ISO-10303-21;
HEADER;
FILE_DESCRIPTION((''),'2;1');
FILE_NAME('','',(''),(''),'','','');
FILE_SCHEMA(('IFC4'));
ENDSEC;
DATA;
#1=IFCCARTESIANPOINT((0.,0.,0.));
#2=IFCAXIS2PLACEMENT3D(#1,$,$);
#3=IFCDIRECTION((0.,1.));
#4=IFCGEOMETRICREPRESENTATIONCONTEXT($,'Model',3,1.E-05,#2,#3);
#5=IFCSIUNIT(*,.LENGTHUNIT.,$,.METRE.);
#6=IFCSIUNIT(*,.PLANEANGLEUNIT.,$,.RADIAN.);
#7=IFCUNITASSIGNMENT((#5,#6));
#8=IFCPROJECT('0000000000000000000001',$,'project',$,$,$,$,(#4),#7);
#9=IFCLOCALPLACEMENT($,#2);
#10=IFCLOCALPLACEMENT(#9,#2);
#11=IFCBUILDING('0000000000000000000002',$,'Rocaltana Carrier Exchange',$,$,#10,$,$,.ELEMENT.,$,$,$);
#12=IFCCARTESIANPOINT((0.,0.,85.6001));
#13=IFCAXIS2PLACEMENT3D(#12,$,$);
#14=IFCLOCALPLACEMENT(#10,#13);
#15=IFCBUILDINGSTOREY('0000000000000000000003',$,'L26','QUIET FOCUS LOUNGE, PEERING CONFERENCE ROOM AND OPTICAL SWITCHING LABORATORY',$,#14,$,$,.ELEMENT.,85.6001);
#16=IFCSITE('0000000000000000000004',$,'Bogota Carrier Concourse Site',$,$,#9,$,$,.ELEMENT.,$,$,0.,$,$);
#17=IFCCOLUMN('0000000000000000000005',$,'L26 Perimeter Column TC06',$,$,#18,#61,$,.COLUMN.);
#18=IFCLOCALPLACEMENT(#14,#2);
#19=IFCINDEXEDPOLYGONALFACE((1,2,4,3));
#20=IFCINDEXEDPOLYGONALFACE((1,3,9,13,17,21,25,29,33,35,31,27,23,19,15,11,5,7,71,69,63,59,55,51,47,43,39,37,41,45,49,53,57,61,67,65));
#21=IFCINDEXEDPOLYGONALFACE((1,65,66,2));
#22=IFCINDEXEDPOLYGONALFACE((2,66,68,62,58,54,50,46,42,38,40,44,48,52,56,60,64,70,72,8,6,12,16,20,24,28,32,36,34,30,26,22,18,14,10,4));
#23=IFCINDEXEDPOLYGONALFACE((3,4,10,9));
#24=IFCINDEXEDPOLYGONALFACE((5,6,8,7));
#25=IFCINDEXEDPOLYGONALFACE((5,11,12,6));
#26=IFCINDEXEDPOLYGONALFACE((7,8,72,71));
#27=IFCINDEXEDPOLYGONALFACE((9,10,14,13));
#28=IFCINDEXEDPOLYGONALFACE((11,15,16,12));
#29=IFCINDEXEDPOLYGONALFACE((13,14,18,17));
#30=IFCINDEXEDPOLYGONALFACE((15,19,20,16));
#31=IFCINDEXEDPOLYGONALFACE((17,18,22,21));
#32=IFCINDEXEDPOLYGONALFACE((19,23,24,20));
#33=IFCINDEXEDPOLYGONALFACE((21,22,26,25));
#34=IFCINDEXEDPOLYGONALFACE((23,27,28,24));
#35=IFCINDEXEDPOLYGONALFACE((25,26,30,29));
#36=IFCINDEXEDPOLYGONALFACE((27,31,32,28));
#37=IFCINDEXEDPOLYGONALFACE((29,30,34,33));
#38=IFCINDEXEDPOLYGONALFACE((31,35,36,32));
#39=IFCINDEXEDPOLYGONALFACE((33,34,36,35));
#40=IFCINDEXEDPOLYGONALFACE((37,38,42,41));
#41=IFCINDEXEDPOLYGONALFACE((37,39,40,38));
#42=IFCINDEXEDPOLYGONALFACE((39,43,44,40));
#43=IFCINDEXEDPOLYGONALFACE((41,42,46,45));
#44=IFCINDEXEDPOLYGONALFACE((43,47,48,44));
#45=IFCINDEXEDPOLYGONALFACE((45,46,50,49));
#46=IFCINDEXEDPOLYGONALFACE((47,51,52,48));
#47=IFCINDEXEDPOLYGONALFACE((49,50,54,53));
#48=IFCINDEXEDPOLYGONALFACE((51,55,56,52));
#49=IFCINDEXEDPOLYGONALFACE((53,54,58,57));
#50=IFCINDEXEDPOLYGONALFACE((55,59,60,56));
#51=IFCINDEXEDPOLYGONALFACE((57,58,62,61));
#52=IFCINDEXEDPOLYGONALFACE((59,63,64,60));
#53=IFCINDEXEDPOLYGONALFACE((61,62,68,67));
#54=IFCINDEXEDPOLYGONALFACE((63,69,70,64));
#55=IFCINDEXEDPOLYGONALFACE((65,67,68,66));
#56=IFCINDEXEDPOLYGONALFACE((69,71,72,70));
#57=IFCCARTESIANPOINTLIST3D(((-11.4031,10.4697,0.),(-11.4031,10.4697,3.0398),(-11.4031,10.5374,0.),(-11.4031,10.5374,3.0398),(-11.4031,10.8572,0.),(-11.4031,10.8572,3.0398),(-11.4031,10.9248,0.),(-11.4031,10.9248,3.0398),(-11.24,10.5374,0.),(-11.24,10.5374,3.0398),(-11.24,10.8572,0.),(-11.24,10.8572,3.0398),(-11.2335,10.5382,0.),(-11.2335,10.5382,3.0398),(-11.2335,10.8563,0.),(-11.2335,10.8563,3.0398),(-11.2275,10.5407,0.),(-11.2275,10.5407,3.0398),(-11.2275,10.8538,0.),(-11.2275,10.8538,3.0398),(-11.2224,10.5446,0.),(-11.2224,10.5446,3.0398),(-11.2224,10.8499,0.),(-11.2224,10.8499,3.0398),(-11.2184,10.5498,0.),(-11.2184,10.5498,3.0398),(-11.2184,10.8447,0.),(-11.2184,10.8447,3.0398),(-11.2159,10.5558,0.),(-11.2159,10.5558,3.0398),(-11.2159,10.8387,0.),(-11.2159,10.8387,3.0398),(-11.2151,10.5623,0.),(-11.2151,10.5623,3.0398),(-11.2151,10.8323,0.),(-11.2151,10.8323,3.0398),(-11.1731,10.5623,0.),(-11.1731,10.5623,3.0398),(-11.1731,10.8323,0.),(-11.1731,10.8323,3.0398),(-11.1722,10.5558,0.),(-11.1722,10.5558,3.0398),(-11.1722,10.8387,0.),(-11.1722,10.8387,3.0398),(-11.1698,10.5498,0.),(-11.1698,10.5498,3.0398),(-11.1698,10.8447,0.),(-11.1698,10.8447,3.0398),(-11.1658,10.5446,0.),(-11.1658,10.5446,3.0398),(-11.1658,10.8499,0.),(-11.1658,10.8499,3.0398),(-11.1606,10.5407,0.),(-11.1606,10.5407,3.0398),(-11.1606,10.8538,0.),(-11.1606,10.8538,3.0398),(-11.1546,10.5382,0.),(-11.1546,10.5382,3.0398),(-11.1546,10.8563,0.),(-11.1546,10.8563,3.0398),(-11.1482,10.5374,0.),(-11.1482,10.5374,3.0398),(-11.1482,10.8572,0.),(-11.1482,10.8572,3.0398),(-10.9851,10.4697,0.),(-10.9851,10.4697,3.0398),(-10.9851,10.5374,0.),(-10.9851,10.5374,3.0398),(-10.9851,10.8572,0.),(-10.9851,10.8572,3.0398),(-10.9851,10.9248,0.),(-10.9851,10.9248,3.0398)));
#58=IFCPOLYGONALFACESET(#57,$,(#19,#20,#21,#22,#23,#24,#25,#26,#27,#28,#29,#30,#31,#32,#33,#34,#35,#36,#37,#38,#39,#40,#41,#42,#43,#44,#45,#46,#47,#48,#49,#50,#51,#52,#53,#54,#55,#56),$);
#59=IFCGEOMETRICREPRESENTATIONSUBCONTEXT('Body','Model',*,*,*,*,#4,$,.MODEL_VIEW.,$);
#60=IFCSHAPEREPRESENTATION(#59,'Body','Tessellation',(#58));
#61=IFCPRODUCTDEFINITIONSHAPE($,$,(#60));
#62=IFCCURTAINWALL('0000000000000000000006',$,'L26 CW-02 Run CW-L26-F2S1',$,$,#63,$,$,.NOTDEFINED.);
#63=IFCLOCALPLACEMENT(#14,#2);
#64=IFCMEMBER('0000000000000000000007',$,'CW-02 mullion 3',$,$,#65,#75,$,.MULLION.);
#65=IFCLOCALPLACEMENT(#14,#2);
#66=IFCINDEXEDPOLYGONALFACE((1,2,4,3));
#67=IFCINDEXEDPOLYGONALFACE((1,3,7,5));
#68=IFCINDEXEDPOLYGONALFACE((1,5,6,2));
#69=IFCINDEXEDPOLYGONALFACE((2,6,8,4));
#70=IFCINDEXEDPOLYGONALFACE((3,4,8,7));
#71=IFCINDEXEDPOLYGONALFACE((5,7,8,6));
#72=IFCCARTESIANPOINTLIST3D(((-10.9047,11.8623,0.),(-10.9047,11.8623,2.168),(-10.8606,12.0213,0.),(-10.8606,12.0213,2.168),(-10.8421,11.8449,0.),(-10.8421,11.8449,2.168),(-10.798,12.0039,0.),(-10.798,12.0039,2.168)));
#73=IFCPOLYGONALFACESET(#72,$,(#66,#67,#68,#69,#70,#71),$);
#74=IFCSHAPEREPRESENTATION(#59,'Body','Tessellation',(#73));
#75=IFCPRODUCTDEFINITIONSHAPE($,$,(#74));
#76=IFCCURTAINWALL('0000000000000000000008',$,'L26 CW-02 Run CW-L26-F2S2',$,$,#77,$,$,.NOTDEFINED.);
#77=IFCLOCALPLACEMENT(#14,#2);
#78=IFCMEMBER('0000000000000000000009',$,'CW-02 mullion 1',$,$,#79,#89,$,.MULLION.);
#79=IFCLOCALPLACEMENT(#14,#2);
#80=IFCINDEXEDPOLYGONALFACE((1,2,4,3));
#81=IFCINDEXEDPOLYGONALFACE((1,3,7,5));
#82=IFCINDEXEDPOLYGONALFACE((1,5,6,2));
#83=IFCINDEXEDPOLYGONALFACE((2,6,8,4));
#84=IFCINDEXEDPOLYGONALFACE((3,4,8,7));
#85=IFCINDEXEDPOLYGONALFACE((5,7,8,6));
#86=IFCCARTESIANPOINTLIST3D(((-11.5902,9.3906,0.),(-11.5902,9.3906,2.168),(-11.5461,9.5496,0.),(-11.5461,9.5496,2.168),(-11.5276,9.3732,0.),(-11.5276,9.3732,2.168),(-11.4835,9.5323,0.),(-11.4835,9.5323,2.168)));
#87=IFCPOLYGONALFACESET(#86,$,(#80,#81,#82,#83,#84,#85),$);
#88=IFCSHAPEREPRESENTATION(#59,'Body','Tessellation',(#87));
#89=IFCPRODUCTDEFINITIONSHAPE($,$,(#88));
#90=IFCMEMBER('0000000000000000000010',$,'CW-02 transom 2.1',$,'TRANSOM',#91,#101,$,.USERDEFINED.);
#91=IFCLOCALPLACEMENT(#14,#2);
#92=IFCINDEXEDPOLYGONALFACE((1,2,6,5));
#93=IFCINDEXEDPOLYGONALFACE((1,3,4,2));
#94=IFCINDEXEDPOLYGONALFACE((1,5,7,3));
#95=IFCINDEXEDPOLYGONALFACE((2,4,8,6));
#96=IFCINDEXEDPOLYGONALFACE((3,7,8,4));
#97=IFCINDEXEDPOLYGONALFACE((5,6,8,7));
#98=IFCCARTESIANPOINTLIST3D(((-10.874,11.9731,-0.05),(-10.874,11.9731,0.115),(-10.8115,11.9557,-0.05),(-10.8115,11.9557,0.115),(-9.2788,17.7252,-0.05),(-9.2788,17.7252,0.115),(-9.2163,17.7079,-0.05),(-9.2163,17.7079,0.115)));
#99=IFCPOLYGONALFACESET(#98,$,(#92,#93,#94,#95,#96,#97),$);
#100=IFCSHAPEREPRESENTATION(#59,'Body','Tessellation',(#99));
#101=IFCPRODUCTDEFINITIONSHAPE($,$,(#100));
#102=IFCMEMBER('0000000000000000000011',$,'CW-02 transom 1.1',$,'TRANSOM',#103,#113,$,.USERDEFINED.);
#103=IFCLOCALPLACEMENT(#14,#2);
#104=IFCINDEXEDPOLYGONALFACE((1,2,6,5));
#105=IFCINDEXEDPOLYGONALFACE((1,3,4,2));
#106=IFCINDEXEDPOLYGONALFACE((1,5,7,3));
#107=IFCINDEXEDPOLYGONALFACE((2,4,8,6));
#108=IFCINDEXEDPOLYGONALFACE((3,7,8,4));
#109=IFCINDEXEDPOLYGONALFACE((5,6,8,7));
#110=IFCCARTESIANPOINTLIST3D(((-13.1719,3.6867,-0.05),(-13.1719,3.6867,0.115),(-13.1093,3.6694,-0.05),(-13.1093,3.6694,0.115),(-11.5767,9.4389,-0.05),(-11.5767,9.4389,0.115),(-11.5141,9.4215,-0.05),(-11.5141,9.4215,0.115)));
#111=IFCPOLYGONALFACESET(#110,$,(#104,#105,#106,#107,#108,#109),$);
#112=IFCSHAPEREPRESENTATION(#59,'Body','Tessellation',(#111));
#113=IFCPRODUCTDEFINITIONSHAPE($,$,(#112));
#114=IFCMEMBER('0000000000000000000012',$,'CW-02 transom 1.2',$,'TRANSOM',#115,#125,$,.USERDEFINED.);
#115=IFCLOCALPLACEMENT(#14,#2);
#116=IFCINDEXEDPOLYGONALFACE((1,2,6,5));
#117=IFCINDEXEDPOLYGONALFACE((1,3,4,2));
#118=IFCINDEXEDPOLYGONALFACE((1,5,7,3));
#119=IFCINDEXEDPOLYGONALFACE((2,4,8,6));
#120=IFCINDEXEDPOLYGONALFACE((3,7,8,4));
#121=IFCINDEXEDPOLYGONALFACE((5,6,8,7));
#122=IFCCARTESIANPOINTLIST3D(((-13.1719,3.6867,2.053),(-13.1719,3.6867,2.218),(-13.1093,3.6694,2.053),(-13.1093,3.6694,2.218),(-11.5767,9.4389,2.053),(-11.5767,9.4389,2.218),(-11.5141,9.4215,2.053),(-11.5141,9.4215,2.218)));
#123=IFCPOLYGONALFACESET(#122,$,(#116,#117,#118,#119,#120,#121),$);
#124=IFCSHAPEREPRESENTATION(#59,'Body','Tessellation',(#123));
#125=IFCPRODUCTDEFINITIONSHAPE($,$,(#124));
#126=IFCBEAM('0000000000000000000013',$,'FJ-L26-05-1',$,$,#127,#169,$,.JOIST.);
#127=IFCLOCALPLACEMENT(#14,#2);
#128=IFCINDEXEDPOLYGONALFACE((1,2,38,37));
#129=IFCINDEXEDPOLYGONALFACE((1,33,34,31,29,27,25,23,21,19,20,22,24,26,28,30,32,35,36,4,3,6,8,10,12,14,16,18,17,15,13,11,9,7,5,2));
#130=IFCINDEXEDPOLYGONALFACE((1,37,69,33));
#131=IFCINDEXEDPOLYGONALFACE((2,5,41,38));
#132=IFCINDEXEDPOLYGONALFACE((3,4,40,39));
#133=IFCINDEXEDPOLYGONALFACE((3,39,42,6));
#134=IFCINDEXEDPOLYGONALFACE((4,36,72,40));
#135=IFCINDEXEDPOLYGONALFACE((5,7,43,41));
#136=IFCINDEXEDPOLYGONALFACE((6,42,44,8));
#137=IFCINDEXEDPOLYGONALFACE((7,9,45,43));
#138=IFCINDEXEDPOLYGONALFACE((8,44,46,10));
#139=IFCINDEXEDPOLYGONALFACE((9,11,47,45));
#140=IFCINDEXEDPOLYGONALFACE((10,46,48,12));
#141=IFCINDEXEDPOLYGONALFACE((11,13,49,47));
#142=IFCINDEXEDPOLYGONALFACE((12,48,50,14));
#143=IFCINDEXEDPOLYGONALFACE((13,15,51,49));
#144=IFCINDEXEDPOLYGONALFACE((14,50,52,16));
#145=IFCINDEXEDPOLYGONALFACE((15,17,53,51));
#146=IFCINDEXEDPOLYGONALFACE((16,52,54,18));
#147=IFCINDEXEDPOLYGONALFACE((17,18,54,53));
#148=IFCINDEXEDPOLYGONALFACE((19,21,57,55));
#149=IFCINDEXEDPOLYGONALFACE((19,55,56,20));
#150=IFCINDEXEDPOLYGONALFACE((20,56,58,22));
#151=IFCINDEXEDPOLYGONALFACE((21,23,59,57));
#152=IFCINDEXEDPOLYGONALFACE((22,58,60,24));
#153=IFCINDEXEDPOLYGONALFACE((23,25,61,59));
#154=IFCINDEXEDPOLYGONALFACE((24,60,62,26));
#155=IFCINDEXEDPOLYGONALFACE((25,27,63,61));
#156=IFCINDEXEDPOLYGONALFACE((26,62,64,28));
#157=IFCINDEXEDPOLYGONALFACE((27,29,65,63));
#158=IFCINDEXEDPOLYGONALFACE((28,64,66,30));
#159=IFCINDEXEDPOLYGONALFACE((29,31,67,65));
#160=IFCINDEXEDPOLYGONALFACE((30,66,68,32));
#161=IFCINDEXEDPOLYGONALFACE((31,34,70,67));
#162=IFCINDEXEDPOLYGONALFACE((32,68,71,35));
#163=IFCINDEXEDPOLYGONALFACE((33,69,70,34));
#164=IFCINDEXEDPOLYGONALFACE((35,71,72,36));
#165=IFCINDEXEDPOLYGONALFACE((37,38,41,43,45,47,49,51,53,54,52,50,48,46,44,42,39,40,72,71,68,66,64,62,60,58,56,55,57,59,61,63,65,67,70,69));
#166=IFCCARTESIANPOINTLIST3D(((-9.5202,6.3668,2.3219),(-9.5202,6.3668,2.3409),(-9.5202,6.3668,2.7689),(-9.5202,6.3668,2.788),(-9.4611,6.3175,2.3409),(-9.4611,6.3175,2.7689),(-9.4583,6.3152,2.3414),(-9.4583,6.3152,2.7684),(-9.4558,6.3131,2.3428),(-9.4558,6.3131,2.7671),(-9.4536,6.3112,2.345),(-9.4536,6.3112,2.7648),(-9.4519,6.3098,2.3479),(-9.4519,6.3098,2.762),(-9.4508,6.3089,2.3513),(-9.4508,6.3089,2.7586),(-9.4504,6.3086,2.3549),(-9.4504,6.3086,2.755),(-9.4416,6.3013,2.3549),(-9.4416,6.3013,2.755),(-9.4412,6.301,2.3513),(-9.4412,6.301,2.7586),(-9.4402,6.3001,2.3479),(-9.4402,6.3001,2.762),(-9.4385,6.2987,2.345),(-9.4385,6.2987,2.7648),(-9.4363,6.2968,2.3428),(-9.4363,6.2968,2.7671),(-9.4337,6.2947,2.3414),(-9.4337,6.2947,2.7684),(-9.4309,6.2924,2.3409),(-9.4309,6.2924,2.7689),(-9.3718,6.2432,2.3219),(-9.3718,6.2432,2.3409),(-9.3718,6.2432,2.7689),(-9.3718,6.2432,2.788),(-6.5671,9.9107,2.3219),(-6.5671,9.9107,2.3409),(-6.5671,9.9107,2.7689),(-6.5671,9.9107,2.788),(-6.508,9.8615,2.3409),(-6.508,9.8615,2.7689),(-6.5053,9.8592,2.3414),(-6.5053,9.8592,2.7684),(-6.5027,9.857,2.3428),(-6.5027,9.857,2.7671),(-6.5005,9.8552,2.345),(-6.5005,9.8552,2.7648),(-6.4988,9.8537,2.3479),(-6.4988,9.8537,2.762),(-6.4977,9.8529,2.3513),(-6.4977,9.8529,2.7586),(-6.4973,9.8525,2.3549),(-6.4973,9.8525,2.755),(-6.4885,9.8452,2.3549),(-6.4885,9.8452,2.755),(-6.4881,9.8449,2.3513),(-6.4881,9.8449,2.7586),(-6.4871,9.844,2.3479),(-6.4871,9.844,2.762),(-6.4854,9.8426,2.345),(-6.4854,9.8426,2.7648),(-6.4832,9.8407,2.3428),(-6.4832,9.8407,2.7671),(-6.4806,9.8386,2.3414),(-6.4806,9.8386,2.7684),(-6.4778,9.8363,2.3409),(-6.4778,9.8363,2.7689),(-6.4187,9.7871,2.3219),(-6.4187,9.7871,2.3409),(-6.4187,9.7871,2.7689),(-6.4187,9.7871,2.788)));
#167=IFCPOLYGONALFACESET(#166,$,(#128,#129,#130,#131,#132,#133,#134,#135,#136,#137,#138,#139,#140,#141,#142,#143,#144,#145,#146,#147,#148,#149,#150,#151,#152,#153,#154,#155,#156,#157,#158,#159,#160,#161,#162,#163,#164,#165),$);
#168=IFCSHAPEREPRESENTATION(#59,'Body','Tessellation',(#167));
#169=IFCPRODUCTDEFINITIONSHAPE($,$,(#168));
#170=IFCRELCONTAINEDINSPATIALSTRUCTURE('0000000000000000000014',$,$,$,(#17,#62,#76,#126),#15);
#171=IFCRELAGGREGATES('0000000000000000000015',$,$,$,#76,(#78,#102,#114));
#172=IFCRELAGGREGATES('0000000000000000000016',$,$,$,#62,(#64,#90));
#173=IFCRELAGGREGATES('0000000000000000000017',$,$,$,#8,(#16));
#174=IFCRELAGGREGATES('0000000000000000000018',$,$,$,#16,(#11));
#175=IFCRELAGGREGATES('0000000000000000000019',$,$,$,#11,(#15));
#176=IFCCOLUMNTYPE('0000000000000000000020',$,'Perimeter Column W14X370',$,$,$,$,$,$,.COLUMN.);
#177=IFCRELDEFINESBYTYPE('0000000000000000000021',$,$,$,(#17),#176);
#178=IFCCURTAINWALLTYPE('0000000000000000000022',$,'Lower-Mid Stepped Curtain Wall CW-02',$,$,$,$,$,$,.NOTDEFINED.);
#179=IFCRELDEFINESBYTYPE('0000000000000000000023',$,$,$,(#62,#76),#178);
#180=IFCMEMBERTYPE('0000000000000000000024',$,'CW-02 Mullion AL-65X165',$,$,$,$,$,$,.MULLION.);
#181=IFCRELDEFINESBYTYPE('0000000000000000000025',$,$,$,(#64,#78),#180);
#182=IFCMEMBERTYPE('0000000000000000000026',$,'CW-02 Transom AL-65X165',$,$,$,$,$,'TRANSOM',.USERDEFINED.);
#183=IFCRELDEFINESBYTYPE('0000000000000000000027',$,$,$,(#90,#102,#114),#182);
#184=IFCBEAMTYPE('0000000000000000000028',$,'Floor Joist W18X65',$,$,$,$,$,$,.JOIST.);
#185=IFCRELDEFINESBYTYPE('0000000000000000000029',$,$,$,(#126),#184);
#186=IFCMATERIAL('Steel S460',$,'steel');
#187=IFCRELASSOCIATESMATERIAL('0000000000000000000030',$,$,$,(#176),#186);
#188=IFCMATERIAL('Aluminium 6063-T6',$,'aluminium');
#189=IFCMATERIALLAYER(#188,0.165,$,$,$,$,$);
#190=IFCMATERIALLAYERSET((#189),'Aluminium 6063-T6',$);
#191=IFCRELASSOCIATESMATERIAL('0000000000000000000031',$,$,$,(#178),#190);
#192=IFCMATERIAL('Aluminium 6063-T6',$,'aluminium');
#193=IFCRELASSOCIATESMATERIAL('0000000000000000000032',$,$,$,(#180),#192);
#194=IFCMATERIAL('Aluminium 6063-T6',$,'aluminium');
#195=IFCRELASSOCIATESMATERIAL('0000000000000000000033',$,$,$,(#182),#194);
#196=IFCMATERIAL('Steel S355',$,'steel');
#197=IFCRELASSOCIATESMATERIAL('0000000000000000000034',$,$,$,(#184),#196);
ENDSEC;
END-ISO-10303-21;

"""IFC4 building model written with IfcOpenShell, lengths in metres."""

from ifc_helpers import new_model, si_unit, direction, frame, origin, origin_2d, place, context, subcontext, project, spatial, rectangle, i_section, extrude, material, layer, layer_set, material_profile, profile_set, type_object, element, aggregate, save


model = new_model("IFC4")

# Units and contexts
model_context = context("Model", 3, precision=1e-05, world=origin(), true_north=direction((0.0, 1.0)))
body_context = subcontext(model_context, "Body", "Model", "MODEL_VIEW")
ifc_project = project(units=[si_unit("LENGTHUNIT", "METRE"), si_unit("PLANEANGLEUNIT", "RADIAN")], contexts=[model_context])

# Site, building, storey
site_placement = place(None, origin())
site = spatial("IfcSite", under=ifc_project, at=site_placement, Name="Bogota Carrier Concourse Site", CompositionType="ELEMENT", RefElevation=0.0)
building_placement = place(site_placement, origin())
building = spatial("IfcBuilding", under=site, at=building_placement, Name="Rocaltana Carrier Exchange", CompositionType="ELEMENT")
storey_placement = place(building_placement, frame((0.0, 0.0, 85.6001)))
storey = spatial("IfcBuildingStorey", under=building, at=storey_placement, Name="L26", Description="QUIET FOCUS LOUNGE, PEERING CONFERENCE ROOM AND OPTICAL SWITCHING LABORATORY", CompositionType="ELEMENT", Elevation=85.6001)

# Column
ifc_material_1 = material(Name="Steel S460", Category="steel")
ifc_material_profile_1 = material_profile(ifc_material_1, i_section(OverallWidth=0.418, OverallDepth=0.4551, WebThickness=0.042, FlangeThickness=0.0676, FilletRadius=0.0249, at=origin_2d()), Name="W14X370")
ifc_profile_set_1 = profile_set([ifc_material_profile_1], Name="Steel S460")
column_type = type_object("IfcColumnType", Name="Perimeter Column W14X370", PredefinedType="COLUMN", material=ifc_profile_set_1)
column_placement = place(storey_placement, frame((-11.1941, 10.6973, 0.0), z_axis=(0.0, 0.0, 1.0), x_axis=(1.0, 0.0, 0.0)))
element("IfcColumn", 1, at=column_placement, inside=storey, type_object=column_type, Name="L26 Perimeter Column TC06", PredefinedType="COLUMN", context=body_context, shape_type="SweptSolid", body=[
    extrude(i_section(OverallWidth=0.418, OverallDepth=0.4551, WebThickness=0.042, FlangeThickness=0.0676, FilletRadius=0.0249, at=origin_2d()), origin(), (0.0, 0.0, 1.0), 3.0398),
])

# Curtain walls, members
ifc_material_2 = material(Name="Aluminium 6063-T6", Category="aluminium")
ifc_layer_1 = layer(ifc_material_2, 0.165)
ifc_layer_set_1 = layer_set([ifc_layer_1], Name="Aluminium 6063-T6")
curtain_wall_type = type_object("IfcCurtainWallType", Name="Lower-Mid Stepped Curtain Wall CW-02", PredefinedType="NOTDEFINED", material=ifc_layer_set_1)
curtain_wall_1_placement = place(storey_placement, origin())
curtain_wall_1 = element("IfcCurtainWall", 2, at=curtain_wall_1_placement, inside=storey, type_object=curtain_wall_type, Name="L26 CW-02 Run CW-L26-F2S1", PredefinedType="NOTDEFINED")
ifc_material_3 = material(Name="Aluminium 6063-T6", Category="aluminium")
ifc_material_profile_2 = material_profile(ifc_material_3, rectangle(XDim=0.0649, YDim=0.165, at=origin_2d()), Name="AL-65X165")
ifc_profile_set_2 = profile_set([ifc_material_profile_2], Name="Aluminium 6063-T6")
member_type_1 = type_object("IfcMemberType", Name="CW-02 Mullion AL-65X165", PredefinedType="MULLION", material=ifc_profile_set_2)
member_1_placement = place(storey_placement, frame((-10.8513, 11.9331, 0.0), z_axis=(0.0, 0.0, 1.0), x_axis=(0.963628, -0.267246, 0.0)))
member_1 = element("IfcMember", 3, at=member_1_placement, type_object=member_type_1, Name="CW-02 mullion 3", PredefinedType="MULLION", context=body_context, shape_type="SweptSolid", body=[
    extrude(rectangle(XDim=0.0649, YDim=0.165, at=origin_2d()), origin(), (0.0, 0.0, 1.0), 2.168),
])
curtain_wall_2_placement = place(storey_placement, origin())
curtain_wall_2 = element("IfcCurtainWall", 4, at=curtain_wall_2_placement, inside=storey, type_object=curtain_wall_type, Name="L26 CW-02 Run CW-L26-F2S2", PredefinedType="NOTDEFINED")
member_2_placement = place(storey_placement, frame((-11.5369, 9.4614, 0.0), z_axis=(0.0, 0.0, 1.0), x_axis=(0.963631, -0.267238, 0.0)))
member_2 = element("IfcMember", 5, at=member_2_placement, type_object=member_type_1, Name="CW-02 mullion 1", PredefinedType="MULLION", context=body_context, shape_type="SweptSolid", body=[
    extrude(rectangle(XDim=0.0649, YDim=0.165, at=origin_2d()), origin(), (0.0, 0.0, 1.0), 2.168),
])

# Members
ifc_material_4 = material(Name="Aluminium 6063-T6", Category="aluminium")
ifc_material_profile_3 = material_profile(ifc_material_4, rectangle(XDim=0.0649, YDim=0.165, at=origin_2d()), Name="AL-65X165")
ifc_profile_set_3 = profile_set([ifc_material_profile_3], Name="Aluminium 6063-T6")
member_type_2 = type_object("IfcMemberType", Name="CW-02 Transom AL-65X165", ElementType="TRANSOM", PredefinedType="USERDEFINED", material=ifc_profile_set_3)
member_3_placement = place(storey_placement, frame((-9.2476, 17.7166, 0.0325), z_axis=(-0.267237, -0.963631, 0.0), x_axis=(0.963631, -0.267237, 0.0)))
member_3 = element("IfcMember", 6, at=member_3_placement, type_object=member_type_2, Name="CW-02 transom 2.1", ObjectType="TRANSOM", PredefinedType="USERDEFINED", context=body_context, shape_type="SweptSolid", body=[
    extrude(rectangle(XDim=0.0649, YDim=0.165, at=origin_2d()), origin(), (0.0, 0.0, 1.0), 5.9692),
])
member_4_placement = place(storey_placement, frame((-11.5454, 9.4302, 0.0325), z_axis=(-0.267237, -0.963631, 0.0), x_axis=(0.963631, -0.267237, 0.0)))
member_4 = element("IfcMember", 7, at=member_4_placement, type_object=member_type_2, Name="CW-02 transom 1.1", ObjectType="TRANSOM", PredefinedType="USERDEFINED", context=body_context, shape_type="SweptSolid", body=[
    extrude(rectangle(XDim=0.0649, YDim=0.165, at=origin_2d()), origin(), (0.0, 0.0, 1.0), 5.9692),
])
member_5_placement = place(storey_placement, frame((-11.5454, 9.4302, 2.1355), z_axis=(-0.267237, -0.963631, 0.0), x_axis=(0.963631, -0.267237, 0.0)))
member_5 = element("IfcMember", 8, at=member_5_placement, type_object=member_type_2, Name="CW-02 transom 1.2", ObjectType="TRANSOM", PredefinedType="USERDEFINED", context=body_context, shape_type="SweptSolid", body=[
    extrude(rectangle(XDim=0.0649, YDim=0.165, at=origin_2d()), origin(), (0.0, 0.0, 1.0), 5.9692),
])
aggregate(curtain_wall_2, [member_2, member_4, member_5])

# Beam
ifc_material_5 = material(Name="Steel S355", Category="steel")
ifc_material_profile_4 = material_profile(ifc_material_5, i_section(OverallWidth=0.1931, OverallDepth=0.4661, WebThickness=0.0115, FlangeThickness=0.019, FilletRadius=0.0139, at=origin_2d()), Name="W18X65")
ifc_profile_set_4 = profile_set([ifc_material_profile_4], Name="Steel S355")
beam_type_1 = type_object("IfcBeamType", Name="Floor Joist W18X65", PredefinedType="JOIST", material=ifc_profile_set_4)
beam_1_placement = place(storey_placement, frame((-6.4929, 9.8489, 2.5549), z_axis=(-0.640164, -0.768239, 0.0), x_axis=(0.768239, -0.640164, 0.0)))
element("IfcBeam", 9, at=beam_1_placement, inside=storey, type_object=beam_type_1, Name="FJ-L26-05-1", PredefinedType="JOIST", context=body_context, shape_type="SweptSolid", body=[
    extrude(i_section(OverallWidth=0.1931, OverallDepth=0.4661, WebThickness=0.0115, FlangeThickness=0.019, FilletRadius=0.0139, at=origin_2d()), origin(), (0.0, 0.0, 1.0), 4.613),
])

aggregate(curtain_wall_1, [member_1, member_3])

save(model, "model.ifc")
